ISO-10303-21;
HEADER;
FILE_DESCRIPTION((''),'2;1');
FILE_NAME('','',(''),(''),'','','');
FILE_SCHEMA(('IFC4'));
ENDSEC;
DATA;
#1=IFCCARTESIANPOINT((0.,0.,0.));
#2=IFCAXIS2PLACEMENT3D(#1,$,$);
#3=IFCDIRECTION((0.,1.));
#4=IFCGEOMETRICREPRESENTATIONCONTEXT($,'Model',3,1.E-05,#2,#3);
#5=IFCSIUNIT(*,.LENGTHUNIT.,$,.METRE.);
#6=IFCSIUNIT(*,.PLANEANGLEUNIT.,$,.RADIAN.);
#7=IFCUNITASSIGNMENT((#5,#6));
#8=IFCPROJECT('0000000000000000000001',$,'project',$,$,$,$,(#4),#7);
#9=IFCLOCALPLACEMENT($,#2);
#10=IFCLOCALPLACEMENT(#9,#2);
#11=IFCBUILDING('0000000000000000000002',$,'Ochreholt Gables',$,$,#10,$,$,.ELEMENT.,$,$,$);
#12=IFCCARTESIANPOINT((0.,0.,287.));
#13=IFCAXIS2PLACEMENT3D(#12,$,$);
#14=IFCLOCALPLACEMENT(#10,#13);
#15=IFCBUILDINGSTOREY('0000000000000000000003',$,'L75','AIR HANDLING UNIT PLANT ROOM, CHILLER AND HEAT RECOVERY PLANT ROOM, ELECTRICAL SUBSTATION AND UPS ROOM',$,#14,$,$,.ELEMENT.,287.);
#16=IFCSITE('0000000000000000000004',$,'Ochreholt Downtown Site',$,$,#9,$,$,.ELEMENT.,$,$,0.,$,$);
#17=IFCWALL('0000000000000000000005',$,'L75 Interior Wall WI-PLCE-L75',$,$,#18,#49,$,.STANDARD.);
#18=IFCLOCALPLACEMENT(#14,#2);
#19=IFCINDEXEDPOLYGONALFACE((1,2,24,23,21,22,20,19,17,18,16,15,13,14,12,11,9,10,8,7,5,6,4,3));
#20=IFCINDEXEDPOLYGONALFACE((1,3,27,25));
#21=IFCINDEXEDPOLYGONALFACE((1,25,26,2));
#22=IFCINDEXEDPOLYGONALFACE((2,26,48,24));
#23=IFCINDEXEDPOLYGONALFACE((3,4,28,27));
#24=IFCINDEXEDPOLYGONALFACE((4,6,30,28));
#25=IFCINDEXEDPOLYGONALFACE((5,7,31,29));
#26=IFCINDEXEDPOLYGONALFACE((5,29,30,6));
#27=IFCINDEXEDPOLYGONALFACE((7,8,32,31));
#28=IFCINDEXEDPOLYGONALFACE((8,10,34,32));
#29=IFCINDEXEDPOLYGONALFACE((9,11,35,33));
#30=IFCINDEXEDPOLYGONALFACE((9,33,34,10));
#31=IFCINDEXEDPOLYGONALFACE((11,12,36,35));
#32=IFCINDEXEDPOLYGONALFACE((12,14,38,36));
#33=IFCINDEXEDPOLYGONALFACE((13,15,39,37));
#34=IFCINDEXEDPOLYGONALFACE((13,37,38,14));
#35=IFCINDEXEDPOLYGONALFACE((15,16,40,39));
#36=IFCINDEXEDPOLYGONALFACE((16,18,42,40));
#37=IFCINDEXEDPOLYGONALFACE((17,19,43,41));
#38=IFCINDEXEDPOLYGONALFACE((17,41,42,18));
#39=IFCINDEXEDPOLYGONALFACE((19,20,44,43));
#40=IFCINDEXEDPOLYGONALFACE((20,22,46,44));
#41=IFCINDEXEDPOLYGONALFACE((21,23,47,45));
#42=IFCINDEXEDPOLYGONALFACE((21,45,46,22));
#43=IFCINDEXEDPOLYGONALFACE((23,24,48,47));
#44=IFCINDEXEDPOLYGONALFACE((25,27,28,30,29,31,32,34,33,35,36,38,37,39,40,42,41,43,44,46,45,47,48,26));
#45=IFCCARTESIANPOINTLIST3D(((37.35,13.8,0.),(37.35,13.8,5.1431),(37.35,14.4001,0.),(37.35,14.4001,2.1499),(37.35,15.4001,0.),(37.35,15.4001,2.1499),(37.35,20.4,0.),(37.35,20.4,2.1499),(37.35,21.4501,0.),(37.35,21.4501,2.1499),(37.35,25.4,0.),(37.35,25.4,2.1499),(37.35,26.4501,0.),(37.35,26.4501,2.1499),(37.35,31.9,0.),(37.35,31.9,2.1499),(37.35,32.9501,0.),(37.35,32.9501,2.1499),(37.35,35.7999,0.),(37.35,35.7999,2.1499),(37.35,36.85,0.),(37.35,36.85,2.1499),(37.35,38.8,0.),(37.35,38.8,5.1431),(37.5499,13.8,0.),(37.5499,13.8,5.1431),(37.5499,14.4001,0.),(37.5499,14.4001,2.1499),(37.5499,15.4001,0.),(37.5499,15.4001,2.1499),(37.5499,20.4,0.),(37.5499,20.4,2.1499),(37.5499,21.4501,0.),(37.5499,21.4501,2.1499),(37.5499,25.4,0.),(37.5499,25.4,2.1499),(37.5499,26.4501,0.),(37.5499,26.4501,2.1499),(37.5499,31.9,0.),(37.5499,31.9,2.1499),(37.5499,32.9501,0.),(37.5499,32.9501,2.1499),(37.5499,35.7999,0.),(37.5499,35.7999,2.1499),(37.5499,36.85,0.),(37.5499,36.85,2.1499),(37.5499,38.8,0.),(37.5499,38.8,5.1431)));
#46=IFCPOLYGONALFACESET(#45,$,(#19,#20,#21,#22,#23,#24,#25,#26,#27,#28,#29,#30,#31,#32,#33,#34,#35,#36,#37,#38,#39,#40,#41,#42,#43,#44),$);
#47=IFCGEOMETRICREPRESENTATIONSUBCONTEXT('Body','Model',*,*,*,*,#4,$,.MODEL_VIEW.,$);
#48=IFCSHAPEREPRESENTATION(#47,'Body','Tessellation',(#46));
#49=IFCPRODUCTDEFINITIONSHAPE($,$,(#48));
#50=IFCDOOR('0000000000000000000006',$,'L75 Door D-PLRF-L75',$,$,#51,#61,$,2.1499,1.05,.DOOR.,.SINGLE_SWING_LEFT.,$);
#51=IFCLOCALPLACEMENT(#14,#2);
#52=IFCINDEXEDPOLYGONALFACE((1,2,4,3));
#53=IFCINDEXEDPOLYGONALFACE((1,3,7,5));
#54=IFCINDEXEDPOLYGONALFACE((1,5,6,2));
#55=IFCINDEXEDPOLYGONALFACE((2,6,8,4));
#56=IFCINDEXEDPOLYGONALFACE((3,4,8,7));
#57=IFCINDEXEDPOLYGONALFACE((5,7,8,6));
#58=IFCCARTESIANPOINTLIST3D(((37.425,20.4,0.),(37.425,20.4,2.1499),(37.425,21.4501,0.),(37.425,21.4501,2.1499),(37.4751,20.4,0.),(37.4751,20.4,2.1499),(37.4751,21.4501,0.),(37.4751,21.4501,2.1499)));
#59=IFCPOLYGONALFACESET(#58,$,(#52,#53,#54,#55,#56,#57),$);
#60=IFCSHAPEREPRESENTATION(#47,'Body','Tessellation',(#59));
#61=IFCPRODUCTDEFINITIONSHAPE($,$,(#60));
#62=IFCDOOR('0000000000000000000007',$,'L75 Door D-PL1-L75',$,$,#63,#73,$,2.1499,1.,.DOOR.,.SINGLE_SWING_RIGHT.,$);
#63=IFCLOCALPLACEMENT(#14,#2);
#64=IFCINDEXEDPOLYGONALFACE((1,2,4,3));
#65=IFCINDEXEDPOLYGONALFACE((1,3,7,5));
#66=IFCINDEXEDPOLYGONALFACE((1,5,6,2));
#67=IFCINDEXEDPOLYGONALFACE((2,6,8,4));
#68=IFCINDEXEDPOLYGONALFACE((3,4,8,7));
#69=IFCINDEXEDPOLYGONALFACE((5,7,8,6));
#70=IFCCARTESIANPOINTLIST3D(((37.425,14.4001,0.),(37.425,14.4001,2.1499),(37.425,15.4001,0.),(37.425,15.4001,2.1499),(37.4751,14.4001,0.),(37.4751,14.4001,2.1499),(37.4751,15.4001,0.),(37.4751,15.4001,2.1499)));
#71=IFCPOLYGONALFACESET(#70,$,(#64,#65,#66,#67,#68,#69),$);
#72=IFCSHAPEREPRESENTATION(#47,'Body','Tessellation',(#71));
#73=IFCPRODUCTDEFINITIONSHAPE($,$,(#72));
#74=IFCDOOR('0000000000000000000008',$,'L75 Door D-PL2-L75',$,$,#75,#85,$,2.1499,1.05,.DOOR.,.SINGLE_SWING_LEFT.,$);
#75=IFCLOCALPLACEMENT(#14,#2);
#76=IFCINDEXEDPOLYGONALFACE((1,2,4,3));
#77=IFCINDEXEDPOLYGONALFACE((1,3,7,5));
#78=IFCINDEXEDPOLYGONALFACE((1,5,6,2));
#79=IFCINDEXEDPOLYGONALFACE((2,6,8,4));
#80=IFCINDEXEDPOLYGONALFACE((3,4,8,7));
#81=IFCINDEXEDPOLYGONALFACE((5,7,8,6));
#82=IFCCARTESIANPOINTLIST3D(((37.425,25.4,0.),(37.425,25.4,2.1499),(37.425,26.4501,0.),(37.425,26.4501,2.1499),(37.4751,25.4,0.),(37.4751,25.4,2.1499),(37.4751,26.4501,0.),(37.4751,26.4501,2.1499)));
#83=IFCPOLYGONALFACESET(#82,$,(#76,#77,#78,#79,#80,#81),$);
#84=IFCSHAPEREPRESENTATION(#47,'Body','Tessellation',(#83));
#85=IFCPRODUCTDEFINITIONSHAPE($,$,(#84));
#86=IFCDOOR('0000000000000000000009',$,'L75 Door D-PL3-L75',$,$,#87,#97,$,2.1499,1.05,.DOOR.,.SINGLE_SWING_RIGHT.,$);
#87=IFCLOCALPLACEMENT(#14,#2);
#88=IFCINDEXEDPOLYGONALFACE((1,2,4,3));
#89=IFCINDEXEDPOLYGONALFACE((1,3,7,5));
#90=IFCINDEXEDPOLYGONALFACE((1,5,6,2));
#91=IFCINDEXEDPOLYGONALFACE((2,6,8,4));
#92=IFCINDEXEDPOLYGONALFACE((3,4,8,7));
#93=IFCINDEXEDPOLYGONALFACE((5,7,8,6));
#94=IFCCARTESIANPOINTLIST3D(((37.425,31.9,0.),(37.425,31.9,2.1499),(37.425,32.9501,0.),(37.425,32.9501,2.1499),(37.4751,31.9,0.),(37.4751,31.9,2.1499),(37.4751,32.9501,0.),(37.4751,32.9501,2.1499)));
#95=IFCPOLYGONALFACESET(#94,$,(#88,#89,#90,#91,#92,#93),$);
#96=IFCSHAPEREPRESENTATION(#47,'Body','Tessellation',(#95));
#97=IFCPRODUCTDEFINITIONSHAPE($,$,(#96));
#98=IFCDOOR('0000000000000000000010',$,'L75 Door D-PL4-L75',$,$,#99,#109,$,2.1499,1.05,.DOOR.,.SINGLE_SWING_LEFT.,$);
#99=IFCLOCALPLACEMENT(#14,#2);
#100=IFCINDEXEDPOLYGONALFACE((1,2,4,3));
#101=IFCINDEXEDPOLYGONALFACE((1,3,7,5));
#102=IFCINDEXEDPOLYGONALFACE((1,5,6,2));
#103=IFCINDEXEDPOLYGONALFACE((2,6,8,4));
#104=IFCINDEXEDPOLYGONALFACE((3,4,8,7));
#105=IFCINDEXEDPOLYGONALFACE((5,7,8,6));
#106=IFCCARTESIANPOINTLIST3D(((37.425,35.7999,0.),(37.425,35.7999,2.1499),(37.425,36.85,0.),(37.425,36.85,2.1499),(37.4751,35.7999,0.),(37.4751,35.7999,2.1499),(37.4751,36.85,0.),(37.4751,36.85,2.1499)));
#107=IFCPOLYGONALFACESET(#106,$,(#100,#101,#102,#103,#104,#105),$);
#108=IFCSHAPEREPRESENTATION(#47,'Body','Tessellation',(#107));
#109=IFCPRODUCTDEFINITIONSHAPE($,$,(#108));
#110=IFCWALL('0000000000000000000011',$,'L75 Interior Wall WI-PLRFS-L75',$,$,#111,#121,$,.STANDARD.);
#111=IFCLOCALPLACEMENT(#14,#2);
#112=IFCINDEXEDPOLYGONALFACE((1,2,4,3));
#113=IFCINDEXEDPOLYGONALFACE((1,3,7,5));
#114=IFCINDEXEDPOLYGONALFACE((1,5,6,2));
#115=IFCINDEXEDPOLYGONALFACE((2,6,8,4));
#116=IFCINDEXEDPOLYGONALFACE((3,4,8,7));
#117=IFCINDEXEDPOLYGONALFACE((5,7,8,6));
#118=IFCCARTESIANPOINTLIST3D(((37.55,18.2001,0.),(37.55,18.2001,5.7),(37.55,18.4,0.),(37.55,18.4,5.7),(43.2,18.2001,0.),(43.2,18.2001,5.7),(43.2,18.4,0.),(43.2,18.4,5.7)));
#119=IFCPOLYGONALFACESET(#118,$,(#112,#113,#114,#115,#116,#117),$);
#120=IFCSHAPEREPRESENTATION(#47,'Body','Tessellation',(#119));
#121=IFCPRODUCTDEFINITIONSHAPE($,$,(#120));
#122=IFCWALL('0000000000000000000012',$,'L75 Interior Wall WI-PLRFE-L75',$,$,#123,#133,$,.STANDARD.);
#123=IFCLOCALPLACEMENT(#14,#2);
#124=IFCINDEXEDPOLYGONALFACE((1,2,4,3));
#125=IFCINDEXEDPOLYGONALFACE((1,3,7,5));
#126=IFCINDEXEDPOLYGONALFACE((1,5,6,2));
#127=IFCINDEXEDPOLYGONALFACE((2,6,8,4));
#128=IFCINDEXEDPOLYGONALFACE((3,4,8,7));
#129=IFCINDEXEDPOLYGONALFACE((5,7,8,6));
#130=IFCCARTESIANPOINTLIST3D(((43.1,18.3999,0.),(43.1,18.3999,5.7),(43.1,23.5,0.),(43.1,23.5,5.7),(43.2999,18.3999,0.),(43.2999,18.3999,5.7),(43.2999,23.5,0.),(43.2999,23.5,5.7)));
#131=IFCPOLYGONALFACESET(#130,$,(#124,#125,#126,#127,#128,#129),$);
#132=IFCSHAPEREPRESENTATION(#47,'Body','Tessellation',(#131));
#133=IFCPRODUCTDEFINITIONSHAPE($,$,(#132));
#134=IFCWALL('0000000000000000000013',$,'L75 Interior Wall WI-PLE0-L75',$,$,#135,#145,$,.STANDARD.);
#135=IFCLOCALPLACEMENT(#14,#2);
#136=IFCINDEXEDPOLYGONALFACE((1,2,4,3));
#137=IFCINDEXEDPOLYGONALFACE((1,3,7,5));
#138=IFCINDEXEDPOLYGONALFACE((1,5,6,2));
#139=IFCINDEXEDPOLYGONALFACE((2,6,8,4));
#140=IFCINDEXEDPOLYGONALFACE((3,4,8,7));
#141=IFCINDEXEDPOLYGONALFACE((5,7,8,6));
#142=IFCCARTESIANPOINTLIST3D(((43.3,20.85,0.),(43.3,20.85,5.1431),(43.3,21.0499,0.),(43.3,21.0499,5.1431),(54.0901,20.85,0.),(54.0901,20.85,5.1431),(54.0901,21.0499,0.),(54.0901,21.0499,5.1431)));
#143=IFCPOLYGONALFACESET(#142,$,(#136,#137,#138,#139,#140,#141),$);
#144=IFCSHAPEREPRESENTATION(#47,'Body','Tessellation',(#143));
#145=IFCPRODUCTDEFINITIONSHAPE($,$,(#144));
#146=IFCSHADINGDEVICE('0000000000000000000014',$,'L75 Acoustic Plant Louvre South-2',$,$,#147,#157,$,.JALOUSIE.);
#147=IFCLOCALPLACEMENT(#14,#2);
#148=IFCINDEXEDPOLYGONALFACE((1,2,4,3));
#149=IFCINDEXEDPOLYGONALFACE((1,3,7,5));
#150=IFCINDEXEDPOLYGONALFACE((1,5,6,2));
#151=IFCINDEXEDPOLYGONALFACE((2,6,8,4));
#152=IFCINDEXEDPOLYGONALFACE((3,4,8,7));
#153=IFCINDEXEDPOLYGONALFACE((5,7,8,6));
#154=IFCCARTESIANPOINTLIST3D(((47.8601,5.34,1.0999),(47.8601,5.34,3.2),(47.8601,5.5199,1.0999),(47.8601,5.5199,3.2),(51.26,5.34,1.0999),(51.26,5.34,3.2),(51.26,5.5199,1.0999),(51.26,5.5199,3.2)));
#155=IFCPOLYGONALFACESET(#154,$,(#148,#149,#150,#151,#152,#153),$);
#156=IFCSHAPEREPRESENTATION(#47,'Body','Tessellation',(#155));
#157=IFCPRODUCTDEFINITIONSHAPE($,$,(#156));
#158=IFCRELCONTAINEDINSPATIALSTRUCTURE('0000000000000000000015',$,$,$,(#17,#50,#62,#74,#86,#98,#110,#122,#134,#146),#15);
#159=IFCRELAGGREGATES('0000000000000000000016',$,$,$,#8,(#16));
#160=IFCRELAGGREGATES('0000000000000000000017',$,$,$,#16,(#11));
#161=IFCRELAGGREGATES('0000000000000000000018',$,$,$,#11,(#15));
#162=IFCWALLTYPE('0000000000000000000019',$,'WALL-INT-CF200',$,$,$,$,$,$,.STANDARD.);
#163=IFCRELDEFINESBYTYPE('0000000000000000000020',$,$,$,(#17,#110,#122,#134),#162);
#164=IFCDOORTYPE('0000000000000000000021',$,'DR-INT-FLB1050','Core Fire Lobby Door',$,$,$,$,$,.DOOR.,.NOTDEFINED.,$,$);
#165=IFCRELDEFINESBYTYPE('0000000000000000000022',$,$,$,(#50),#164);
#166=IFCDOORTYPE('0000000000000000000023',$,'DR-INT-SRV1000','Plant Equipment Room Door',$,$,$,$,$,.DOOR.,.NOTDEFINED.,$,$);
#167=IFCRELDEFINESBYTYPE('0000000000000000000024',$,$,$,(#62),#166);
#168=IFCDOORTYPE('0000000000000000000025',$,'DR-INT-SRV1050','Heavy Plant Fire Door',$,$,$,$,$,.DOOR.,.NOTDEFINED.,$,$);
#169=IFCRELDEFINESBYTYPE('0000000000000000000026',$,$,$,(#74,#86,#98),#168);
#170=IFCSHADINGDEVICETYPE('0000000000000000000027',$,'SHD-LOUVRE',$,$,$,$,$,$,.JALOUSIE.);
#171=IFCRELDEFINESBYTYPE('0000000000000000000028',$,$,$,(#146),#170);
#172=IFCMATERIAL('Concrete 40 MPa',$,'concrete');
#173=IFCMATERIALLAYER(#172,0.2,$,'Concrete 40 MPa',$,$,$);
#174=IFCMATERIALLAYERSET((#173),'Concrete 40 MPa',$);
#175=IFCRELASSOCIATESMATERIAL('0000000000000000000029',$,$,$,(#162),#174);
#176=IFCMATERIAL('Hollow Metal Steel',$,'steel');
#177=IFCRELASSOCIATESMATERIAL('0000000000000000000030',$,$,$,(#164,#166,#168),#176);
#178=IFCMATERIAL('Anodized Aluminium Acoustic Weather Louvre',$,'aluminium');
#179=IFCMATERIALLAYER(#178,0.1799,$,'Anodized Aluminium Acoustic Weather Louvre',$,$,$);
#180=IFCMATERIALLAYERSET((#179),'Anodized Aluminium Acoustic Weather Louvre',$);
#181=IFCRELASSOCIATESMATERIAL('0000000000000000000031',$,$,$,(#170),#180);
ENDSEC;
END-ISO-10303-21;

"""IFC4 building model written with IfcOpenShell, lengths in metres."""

from ifc_helpers import new_model, si_unit, direction, frame, frame_2d, origin, origin_2d, place, context, subcontext, project, spatial, rectangle, extrude, material, layer, layer_set, type_object, element, fill, save


model = new_model("IFC4")

# Units and contexts
model_context = context("Model", 3, precision=1e-05, world=origin(), true_north=direction((0.0, 1.0)))
body_context = subcontext(model_context, "Body", "Model", "MODEL_VIEW")
ifc_project = project(units=[si_unit("LENGTHUNIT", "METRE"), si_unit("PLANEANGLEUNIT", "RADIAN")], contexts=[model_context])

# Site, building, storey
site_placement = place(None, origin())
site = spatial("IfcSite", under=ifc_project, at=site_placement, Name="Ochreholt Downtown Site", CompositionType="ELEMENT", RefElevation=0.0)
building_placement = place(site_placement, origin())
building = spatial("IfcBuilding", under=site, at=building_placement, Name="Ochreholt Gables", CompositionType="ELEMENT")
storey_placement = place(building_placement, frame((0.0, 0.0, 287.0)))
storey = spatial("IfcBuildingStorey", under=building, at=storey_placement, Name="L75", Description="AIR HANDLING UNIT PLANT ROOM, CHILLER AND HEAT RECOVERY PLANT ROOM, ELECTRICAL SUBSTATION AND UPS ROOM", CompositionType="ELEMENT", Elevation=287.0)

# Wall, openings, doors
ifc_material_1 = material(Name="Concrete 40 MPa", Category="concrete")
ifc_layer_1 = layer(ifc_material_1, 0.2, Name="Concrete 40 MPa")
ifc_layer_set_1 = layer_set([ifc_layer_1], Name="Concrete 40 MPa")
wall_type = type_object("IfcWallType", Name="WALL-INT-CF200", PredefinedType="STANDARD", material=ifc_layer_set_1)
wall_1_placement = place(storey_placement, frame((37.45, 13.8, 0.0), z_axis=(0.0, 0.0, 1.0), x_axis=(0.0, 1.0, 0.0)))
wall_1 = element("IfcWall", 1, at=wall_1_placement, inside=storey, type_object=wall_type, Name="L75 Interior Wall WI-PLCE-L75", PredefinedType="STANDARD", context=body_context, shape_type="SweptSolid", body=[
    extrude(rectangle(XDim=25.0, YDim=0.2, at=frame_2d((12.5, 0.0))), origin(), (0.0, 0.0, 1.0), 5.1431),
])
opening_1_placement = place(wall_1_placement, frame((6.6001, 0.0, 0.0)))
opening_1 = element("IfcOpeningElement", 2, at=opening_1_placement, cuts=wall_1, PredefinedType="OPENING", context=body_context, shape_type="SweptSolid", body=[
    extrude(rectangle(XDim=1.05, YDim=2.1499, at=frame_2d((0.5249, 1.075))), frame((0.0, 0.1099, 0.0), z_axis=(0.0, -1.0, 0.0), x_axis=(1.0, 0.0, 0.0)), (0.0, 0.0, 1.0), 0.22),
])
opening_2_placement = place(wall_1_placement, frame((0.6001, 0.0, 0.0)))
opening_2 = element("IfcOpeningElement", 3, at=opening_2_placement, cuts=wall_1, PredefinedType="OPENING", context=body_context, shape_type="SweptSolid", body=[
    extrude(rectangle(XDim=1.0, YDim=2.1499, at=frame_2d((0.5, 1.075))), frame((0.0, 0.1099, 0.0), z_axis=(0.0, -1.0, 0.0), x_axis=(1.0, 0.0, 0.0)), (0.0, 0.0, 1.0), 0.22),
])
opening_3_placement = place(wall_1_placement, frame((11.6001, 0.0, 0.0)))
opening_3 = element("IfcOpeningElement", 4, at=opening_3_placement, cuts=wall_1, PredefinedType="OPENING", context=body_context, shape_type="SweptSolid", body=[
    extrude(rectangle(XDim=1.05, YDim=2.1499, at=frame_2d((0.5249, 1.075))), frame((0.0, 0.1099, 0.0), z_axis=(0.0, -1.0, 0.0), x_axis=(1.0, 0.0, 0.0)), (0.0, 0.0, 1.0), 0.22),
])
opening_4_placement = place(wall_1_placement, frame((18.1001, 0.0, 0.0)))
opening_4 = element("IfcOpeningElement", 5, at=opening_4_placement, cuts=wall_1, PredefinedType="OPENING", context=body_context, shape_type="SweptSolid", body=[
    extrude(rectangle(XDim=1.05, YDim=2.1499, at=frame_2d((0.5249, 1.075))), frame((0.0, 0.1099, 0.0), z_axis=(0.0, -1.0, 0.0), x_axis=(1.0, 0.0, 0.0)), (0.0, 0.0, 1.0), 0.22),
])
opening_5_placement = place(wall_1_placement, frame((22.0, 0.0, 0.0)))
opening_5 = element("IfcOpeningElement", 6, at=opening_5_placement, cuts=wall_1, PredefinedType="OPENING", context=body_context, shape_type="SweptSolid", body=[
    extrude(rectangle(XDim=1.05, YDim=2.1499, at=frame_2d((0.5249, 1.075))), frame((0.0, 0.1099, 0.0), z_axis=(0.0, -1.0, 0.0), x_axis=(1.0, 0.0, 0.0)), (0.0, 0.0, 1.0), 0.22),
])
ifc_material_2 = material(Name="Hollow Metal Steel", Category="steel")
door_type_1 = type_object("IfcDoorType", Name="DR-INT-FLB1050", Description="Core Fire Lobby Door", OperationType="NOTDEFINED", PredefinedType="DOOR", material=ifc_material_2)
door_1_placement = place(opening_1_placement, origin())
door_1 = element("IfcDoor", 7, at=door_1_placement, inside=storey, type_object=door_type_1, Name="L75 Door D-PLRF-L75", OperationType="SINGLE_SWING_LEFT", OverallHeight=2.1499, OverallWidth=1.05, PredefinedType="DOOR", context=body_context, shape_type="SweptSolid", body=[
    extrude(rectangle(XDim=1.05, YDim=2.1499, at=frame_2d((0.5249, 1.075))), frame((0.0, 0.0249, 0.0), z_axis=(0.0, -1.0, 0.0), x_axis=(1.0, 0.0, 0.0)), (0.0, 0.0, 1.0), 0.05),
])
fill(opening_1, door_1)
door_type_2 = type_object("IfcDoorType", Name="DR-INT-SRV1000", Description="Plant Equipment Room Door", OperationType="NOTDEFINED", PredefinedType="DOOR", material=ifc_material_2)
door_2_placement = place(opening_2_placement, origin())
door_2 = element("IfcDoor", 8, at=door_2_placement, inside=storey, type_object=door_type_2, Name="L75 Door D-PL1-L75", OperationType="SINGLE_SWING_RIGHT", OverallHeight=2.1499, OverallWidth=1.0, PredefinedType="DOOR", context=body_context, shape_type="SweptSolid", body=[
    extrude(rectangle(XDim=1.0, YDim=2.1499, at=frame_2d((0.5, 1.075))), frame((0.0, 0.0249, 0.0), z_axis=(0.0, -1.0, 0.0), x_axis=(1.0, 0.0, 0.0)), (0.0, 0.0, 1.0), 0.05),
])
fill(opening_2, door_2)
door_type_3 = type_object("IfcDoorType", Name="DR-INT-SRV1050", Description="Heavy Plant Fire Door", OperationType="NOTDEFINED", PredefinedType="DOOR", material=ifc_material_2)
door_3_placement = place(opening_3_placement, origin())
door_3 = element("IfcDoor", 9, at=door_3_placement, inside=storey, type_object=door_type_3, Name="L75 Door D-PL2-L75", OperationType="SINGLE_SWING_LEFT", OverallHeight=2.1499, OverallWidth=1.05, PredefinedType="DOOR", context=body_context, shape_type="SweptSolid", body=[
    extrude(rectangle(XDim=1.05, YDim=2.1499, at=frame_2d((0.5249, 1.075))), frame((0.0, 0.0249, 0.0), z_axis=(0.0, -1.0, 0.0), x_axis=(1.0, 0.0, 0.0)), (0.0, 0.0, 1.0), 0.05),
])
fill(opening_3, door_3)
door_4_placement = place(opening_4_placement, origin())
door_4 = element("IfcDoor", 10, at=door_4_placement, inside=storey, type_object=door_type_3, Name="L75 Door D-PL3-L75", OperationType="SINGLE_SWING_RIGHT", OverallHeight=2.1499, OverallWidth=1.05, PredefinedType="DOOR", context=body_context, shape_type="SweptSolid", body=[
    extrude(rectangle(XDim=1.05, YDim=2.1499, at=frame_2d((0.5249, 1.075))), frame((0.0, 0.0249, 0.0), z_axis=(0.0, -1.0, 0.0), x_axis=(1.0, 0.0, 0.0)), (0.0, 0.0, 1.0), 0.05),
])
fill(opening_4, door_4)
door_5_placement = place(opening_5_placement, origin())
door_5 = element("IfcDoor", 11, at=door_5_placement, inside=storey, type_object=door_type_3, Name="L75 Door D-PL4-L75", OperationType="SINGLE_SWING_LEFT", OverallHeight=2.1499, OverallWidth=1.05, PredefinedType="DOOR", context=body_context, shape_type="SweptSolid", body=[
    extrude(rectangle(XDim=1.05, YDim=2.1499, at=frame_2d((0.5249, 1.075))), frame((0.0, 0.0249, 0.0), z_axis=(0.0, -1.0, 0.0), x_axis=(1.0, 0.0, 0.0)), (0.0, 0.0, 1.0), 0.05),
])
fill(opening_5, door_5)

# Walls
wall_2_placement = place(storey_placement, frame((37.55, 18.3, 0.0), z_axis=(0.0, 0.0, 1.0), x_axis=(1.0, 0.0, 0.0)))
element("IfcWall", 12, at=wall_2_placement, inside=storey, type_object=wall_type, Name="L75 Interior Wall WI-PLRFS-L75", PredefinedType="STANDARD", context=body_context, shape_type="SweptSolid", body=[
    extrude(rectangle(XDim=5.6499, YDim=0.2, at=frame_2d((2.825, 0.0))), origin(), (0.0, 0.0, 1.0), 5.7),
])
wall_3_placement = place(storey_placement, frame((43.2, 18.3999, 0.0), z_axis=(0.0, 0.0, 1.0), x_axis=(0.0, 1.0, 0.0)))
element("IfcWall", 13, at=wall_3_placement, inside=storey, type_object=wall_type, Name="L75 Interior Wall WI-PLRFE-L75", PredefinedType="STANDARD", context=body_context, shape_type="SweptSolid", body=[
    extrude(rectangle(XDim=5.1001, YDim=0.2, at=frame_2d((2.55, 0.0))), origin(), (0.0, 0.0, 1.0), 5.7),
])
wall_4_placement = place(storey_placement, frame((43.3, 20.95, 0.0), z_axis=(0.0, 0.0, 1.0), x_axis=(1.0, 0.0, 0.0)))
element("IfcWall", 14, at=wall_4_placement, inside=storey, type_object=wall_type, Name="L75 Interior Wall WI-PLE0-L75", PredefinedType="STANDARD", context=body_context, shape_type="SweptSolid", body=[
    extrude(rectangle(XDim=10.79, YDim=0.2, at=frame_2d((5.395, 0.0))), origin(), (0.0, 0.0, 1.0), 5.1431),
])

# Shading device
ifc_material_3 = material(Name="Anodized Aluminium Acoustic Weather Louvre", Category="aluminium")
ifc_layer_2 = layer(ifc_material_3, 0.1799, Name="Anodized Aluminium Acoustic Weather Louvre")
ifc_layer_set_2 = layer_set([ifc_layer_2], Name="Anodized Aluminium Acoustic Weather Louvre")
shading_device_type = type_object("IfcShadingDeviceType", Name="SHD-LOUVRE", PredefinedType="JALOUSIE", material=ifc_layer_set_2)
shading_device_placement = place(storey_placement, frame((49.5601, 5.4299, 1.0999), z_axis=(0.0, 0.0, 1.0), x_axis=(1.0, 0.0, 0.0)))
element("IfcShadingDevice", 15, at=shading_device_placement, inside=storey, type_object=shading_device_type, Name="L75 Acoustic Plant Louvre South-2", PredefinedType="JALOUSIE", context=body_context, shape_type="SweptSolid", body=[
    extrude(rectangle(XDim=3.3999, YDim=0.1799, at=origin_2d()), origin(), (0.0, 0.0, 1.0), 2.1001),
])

save(model, "model.ifc")
